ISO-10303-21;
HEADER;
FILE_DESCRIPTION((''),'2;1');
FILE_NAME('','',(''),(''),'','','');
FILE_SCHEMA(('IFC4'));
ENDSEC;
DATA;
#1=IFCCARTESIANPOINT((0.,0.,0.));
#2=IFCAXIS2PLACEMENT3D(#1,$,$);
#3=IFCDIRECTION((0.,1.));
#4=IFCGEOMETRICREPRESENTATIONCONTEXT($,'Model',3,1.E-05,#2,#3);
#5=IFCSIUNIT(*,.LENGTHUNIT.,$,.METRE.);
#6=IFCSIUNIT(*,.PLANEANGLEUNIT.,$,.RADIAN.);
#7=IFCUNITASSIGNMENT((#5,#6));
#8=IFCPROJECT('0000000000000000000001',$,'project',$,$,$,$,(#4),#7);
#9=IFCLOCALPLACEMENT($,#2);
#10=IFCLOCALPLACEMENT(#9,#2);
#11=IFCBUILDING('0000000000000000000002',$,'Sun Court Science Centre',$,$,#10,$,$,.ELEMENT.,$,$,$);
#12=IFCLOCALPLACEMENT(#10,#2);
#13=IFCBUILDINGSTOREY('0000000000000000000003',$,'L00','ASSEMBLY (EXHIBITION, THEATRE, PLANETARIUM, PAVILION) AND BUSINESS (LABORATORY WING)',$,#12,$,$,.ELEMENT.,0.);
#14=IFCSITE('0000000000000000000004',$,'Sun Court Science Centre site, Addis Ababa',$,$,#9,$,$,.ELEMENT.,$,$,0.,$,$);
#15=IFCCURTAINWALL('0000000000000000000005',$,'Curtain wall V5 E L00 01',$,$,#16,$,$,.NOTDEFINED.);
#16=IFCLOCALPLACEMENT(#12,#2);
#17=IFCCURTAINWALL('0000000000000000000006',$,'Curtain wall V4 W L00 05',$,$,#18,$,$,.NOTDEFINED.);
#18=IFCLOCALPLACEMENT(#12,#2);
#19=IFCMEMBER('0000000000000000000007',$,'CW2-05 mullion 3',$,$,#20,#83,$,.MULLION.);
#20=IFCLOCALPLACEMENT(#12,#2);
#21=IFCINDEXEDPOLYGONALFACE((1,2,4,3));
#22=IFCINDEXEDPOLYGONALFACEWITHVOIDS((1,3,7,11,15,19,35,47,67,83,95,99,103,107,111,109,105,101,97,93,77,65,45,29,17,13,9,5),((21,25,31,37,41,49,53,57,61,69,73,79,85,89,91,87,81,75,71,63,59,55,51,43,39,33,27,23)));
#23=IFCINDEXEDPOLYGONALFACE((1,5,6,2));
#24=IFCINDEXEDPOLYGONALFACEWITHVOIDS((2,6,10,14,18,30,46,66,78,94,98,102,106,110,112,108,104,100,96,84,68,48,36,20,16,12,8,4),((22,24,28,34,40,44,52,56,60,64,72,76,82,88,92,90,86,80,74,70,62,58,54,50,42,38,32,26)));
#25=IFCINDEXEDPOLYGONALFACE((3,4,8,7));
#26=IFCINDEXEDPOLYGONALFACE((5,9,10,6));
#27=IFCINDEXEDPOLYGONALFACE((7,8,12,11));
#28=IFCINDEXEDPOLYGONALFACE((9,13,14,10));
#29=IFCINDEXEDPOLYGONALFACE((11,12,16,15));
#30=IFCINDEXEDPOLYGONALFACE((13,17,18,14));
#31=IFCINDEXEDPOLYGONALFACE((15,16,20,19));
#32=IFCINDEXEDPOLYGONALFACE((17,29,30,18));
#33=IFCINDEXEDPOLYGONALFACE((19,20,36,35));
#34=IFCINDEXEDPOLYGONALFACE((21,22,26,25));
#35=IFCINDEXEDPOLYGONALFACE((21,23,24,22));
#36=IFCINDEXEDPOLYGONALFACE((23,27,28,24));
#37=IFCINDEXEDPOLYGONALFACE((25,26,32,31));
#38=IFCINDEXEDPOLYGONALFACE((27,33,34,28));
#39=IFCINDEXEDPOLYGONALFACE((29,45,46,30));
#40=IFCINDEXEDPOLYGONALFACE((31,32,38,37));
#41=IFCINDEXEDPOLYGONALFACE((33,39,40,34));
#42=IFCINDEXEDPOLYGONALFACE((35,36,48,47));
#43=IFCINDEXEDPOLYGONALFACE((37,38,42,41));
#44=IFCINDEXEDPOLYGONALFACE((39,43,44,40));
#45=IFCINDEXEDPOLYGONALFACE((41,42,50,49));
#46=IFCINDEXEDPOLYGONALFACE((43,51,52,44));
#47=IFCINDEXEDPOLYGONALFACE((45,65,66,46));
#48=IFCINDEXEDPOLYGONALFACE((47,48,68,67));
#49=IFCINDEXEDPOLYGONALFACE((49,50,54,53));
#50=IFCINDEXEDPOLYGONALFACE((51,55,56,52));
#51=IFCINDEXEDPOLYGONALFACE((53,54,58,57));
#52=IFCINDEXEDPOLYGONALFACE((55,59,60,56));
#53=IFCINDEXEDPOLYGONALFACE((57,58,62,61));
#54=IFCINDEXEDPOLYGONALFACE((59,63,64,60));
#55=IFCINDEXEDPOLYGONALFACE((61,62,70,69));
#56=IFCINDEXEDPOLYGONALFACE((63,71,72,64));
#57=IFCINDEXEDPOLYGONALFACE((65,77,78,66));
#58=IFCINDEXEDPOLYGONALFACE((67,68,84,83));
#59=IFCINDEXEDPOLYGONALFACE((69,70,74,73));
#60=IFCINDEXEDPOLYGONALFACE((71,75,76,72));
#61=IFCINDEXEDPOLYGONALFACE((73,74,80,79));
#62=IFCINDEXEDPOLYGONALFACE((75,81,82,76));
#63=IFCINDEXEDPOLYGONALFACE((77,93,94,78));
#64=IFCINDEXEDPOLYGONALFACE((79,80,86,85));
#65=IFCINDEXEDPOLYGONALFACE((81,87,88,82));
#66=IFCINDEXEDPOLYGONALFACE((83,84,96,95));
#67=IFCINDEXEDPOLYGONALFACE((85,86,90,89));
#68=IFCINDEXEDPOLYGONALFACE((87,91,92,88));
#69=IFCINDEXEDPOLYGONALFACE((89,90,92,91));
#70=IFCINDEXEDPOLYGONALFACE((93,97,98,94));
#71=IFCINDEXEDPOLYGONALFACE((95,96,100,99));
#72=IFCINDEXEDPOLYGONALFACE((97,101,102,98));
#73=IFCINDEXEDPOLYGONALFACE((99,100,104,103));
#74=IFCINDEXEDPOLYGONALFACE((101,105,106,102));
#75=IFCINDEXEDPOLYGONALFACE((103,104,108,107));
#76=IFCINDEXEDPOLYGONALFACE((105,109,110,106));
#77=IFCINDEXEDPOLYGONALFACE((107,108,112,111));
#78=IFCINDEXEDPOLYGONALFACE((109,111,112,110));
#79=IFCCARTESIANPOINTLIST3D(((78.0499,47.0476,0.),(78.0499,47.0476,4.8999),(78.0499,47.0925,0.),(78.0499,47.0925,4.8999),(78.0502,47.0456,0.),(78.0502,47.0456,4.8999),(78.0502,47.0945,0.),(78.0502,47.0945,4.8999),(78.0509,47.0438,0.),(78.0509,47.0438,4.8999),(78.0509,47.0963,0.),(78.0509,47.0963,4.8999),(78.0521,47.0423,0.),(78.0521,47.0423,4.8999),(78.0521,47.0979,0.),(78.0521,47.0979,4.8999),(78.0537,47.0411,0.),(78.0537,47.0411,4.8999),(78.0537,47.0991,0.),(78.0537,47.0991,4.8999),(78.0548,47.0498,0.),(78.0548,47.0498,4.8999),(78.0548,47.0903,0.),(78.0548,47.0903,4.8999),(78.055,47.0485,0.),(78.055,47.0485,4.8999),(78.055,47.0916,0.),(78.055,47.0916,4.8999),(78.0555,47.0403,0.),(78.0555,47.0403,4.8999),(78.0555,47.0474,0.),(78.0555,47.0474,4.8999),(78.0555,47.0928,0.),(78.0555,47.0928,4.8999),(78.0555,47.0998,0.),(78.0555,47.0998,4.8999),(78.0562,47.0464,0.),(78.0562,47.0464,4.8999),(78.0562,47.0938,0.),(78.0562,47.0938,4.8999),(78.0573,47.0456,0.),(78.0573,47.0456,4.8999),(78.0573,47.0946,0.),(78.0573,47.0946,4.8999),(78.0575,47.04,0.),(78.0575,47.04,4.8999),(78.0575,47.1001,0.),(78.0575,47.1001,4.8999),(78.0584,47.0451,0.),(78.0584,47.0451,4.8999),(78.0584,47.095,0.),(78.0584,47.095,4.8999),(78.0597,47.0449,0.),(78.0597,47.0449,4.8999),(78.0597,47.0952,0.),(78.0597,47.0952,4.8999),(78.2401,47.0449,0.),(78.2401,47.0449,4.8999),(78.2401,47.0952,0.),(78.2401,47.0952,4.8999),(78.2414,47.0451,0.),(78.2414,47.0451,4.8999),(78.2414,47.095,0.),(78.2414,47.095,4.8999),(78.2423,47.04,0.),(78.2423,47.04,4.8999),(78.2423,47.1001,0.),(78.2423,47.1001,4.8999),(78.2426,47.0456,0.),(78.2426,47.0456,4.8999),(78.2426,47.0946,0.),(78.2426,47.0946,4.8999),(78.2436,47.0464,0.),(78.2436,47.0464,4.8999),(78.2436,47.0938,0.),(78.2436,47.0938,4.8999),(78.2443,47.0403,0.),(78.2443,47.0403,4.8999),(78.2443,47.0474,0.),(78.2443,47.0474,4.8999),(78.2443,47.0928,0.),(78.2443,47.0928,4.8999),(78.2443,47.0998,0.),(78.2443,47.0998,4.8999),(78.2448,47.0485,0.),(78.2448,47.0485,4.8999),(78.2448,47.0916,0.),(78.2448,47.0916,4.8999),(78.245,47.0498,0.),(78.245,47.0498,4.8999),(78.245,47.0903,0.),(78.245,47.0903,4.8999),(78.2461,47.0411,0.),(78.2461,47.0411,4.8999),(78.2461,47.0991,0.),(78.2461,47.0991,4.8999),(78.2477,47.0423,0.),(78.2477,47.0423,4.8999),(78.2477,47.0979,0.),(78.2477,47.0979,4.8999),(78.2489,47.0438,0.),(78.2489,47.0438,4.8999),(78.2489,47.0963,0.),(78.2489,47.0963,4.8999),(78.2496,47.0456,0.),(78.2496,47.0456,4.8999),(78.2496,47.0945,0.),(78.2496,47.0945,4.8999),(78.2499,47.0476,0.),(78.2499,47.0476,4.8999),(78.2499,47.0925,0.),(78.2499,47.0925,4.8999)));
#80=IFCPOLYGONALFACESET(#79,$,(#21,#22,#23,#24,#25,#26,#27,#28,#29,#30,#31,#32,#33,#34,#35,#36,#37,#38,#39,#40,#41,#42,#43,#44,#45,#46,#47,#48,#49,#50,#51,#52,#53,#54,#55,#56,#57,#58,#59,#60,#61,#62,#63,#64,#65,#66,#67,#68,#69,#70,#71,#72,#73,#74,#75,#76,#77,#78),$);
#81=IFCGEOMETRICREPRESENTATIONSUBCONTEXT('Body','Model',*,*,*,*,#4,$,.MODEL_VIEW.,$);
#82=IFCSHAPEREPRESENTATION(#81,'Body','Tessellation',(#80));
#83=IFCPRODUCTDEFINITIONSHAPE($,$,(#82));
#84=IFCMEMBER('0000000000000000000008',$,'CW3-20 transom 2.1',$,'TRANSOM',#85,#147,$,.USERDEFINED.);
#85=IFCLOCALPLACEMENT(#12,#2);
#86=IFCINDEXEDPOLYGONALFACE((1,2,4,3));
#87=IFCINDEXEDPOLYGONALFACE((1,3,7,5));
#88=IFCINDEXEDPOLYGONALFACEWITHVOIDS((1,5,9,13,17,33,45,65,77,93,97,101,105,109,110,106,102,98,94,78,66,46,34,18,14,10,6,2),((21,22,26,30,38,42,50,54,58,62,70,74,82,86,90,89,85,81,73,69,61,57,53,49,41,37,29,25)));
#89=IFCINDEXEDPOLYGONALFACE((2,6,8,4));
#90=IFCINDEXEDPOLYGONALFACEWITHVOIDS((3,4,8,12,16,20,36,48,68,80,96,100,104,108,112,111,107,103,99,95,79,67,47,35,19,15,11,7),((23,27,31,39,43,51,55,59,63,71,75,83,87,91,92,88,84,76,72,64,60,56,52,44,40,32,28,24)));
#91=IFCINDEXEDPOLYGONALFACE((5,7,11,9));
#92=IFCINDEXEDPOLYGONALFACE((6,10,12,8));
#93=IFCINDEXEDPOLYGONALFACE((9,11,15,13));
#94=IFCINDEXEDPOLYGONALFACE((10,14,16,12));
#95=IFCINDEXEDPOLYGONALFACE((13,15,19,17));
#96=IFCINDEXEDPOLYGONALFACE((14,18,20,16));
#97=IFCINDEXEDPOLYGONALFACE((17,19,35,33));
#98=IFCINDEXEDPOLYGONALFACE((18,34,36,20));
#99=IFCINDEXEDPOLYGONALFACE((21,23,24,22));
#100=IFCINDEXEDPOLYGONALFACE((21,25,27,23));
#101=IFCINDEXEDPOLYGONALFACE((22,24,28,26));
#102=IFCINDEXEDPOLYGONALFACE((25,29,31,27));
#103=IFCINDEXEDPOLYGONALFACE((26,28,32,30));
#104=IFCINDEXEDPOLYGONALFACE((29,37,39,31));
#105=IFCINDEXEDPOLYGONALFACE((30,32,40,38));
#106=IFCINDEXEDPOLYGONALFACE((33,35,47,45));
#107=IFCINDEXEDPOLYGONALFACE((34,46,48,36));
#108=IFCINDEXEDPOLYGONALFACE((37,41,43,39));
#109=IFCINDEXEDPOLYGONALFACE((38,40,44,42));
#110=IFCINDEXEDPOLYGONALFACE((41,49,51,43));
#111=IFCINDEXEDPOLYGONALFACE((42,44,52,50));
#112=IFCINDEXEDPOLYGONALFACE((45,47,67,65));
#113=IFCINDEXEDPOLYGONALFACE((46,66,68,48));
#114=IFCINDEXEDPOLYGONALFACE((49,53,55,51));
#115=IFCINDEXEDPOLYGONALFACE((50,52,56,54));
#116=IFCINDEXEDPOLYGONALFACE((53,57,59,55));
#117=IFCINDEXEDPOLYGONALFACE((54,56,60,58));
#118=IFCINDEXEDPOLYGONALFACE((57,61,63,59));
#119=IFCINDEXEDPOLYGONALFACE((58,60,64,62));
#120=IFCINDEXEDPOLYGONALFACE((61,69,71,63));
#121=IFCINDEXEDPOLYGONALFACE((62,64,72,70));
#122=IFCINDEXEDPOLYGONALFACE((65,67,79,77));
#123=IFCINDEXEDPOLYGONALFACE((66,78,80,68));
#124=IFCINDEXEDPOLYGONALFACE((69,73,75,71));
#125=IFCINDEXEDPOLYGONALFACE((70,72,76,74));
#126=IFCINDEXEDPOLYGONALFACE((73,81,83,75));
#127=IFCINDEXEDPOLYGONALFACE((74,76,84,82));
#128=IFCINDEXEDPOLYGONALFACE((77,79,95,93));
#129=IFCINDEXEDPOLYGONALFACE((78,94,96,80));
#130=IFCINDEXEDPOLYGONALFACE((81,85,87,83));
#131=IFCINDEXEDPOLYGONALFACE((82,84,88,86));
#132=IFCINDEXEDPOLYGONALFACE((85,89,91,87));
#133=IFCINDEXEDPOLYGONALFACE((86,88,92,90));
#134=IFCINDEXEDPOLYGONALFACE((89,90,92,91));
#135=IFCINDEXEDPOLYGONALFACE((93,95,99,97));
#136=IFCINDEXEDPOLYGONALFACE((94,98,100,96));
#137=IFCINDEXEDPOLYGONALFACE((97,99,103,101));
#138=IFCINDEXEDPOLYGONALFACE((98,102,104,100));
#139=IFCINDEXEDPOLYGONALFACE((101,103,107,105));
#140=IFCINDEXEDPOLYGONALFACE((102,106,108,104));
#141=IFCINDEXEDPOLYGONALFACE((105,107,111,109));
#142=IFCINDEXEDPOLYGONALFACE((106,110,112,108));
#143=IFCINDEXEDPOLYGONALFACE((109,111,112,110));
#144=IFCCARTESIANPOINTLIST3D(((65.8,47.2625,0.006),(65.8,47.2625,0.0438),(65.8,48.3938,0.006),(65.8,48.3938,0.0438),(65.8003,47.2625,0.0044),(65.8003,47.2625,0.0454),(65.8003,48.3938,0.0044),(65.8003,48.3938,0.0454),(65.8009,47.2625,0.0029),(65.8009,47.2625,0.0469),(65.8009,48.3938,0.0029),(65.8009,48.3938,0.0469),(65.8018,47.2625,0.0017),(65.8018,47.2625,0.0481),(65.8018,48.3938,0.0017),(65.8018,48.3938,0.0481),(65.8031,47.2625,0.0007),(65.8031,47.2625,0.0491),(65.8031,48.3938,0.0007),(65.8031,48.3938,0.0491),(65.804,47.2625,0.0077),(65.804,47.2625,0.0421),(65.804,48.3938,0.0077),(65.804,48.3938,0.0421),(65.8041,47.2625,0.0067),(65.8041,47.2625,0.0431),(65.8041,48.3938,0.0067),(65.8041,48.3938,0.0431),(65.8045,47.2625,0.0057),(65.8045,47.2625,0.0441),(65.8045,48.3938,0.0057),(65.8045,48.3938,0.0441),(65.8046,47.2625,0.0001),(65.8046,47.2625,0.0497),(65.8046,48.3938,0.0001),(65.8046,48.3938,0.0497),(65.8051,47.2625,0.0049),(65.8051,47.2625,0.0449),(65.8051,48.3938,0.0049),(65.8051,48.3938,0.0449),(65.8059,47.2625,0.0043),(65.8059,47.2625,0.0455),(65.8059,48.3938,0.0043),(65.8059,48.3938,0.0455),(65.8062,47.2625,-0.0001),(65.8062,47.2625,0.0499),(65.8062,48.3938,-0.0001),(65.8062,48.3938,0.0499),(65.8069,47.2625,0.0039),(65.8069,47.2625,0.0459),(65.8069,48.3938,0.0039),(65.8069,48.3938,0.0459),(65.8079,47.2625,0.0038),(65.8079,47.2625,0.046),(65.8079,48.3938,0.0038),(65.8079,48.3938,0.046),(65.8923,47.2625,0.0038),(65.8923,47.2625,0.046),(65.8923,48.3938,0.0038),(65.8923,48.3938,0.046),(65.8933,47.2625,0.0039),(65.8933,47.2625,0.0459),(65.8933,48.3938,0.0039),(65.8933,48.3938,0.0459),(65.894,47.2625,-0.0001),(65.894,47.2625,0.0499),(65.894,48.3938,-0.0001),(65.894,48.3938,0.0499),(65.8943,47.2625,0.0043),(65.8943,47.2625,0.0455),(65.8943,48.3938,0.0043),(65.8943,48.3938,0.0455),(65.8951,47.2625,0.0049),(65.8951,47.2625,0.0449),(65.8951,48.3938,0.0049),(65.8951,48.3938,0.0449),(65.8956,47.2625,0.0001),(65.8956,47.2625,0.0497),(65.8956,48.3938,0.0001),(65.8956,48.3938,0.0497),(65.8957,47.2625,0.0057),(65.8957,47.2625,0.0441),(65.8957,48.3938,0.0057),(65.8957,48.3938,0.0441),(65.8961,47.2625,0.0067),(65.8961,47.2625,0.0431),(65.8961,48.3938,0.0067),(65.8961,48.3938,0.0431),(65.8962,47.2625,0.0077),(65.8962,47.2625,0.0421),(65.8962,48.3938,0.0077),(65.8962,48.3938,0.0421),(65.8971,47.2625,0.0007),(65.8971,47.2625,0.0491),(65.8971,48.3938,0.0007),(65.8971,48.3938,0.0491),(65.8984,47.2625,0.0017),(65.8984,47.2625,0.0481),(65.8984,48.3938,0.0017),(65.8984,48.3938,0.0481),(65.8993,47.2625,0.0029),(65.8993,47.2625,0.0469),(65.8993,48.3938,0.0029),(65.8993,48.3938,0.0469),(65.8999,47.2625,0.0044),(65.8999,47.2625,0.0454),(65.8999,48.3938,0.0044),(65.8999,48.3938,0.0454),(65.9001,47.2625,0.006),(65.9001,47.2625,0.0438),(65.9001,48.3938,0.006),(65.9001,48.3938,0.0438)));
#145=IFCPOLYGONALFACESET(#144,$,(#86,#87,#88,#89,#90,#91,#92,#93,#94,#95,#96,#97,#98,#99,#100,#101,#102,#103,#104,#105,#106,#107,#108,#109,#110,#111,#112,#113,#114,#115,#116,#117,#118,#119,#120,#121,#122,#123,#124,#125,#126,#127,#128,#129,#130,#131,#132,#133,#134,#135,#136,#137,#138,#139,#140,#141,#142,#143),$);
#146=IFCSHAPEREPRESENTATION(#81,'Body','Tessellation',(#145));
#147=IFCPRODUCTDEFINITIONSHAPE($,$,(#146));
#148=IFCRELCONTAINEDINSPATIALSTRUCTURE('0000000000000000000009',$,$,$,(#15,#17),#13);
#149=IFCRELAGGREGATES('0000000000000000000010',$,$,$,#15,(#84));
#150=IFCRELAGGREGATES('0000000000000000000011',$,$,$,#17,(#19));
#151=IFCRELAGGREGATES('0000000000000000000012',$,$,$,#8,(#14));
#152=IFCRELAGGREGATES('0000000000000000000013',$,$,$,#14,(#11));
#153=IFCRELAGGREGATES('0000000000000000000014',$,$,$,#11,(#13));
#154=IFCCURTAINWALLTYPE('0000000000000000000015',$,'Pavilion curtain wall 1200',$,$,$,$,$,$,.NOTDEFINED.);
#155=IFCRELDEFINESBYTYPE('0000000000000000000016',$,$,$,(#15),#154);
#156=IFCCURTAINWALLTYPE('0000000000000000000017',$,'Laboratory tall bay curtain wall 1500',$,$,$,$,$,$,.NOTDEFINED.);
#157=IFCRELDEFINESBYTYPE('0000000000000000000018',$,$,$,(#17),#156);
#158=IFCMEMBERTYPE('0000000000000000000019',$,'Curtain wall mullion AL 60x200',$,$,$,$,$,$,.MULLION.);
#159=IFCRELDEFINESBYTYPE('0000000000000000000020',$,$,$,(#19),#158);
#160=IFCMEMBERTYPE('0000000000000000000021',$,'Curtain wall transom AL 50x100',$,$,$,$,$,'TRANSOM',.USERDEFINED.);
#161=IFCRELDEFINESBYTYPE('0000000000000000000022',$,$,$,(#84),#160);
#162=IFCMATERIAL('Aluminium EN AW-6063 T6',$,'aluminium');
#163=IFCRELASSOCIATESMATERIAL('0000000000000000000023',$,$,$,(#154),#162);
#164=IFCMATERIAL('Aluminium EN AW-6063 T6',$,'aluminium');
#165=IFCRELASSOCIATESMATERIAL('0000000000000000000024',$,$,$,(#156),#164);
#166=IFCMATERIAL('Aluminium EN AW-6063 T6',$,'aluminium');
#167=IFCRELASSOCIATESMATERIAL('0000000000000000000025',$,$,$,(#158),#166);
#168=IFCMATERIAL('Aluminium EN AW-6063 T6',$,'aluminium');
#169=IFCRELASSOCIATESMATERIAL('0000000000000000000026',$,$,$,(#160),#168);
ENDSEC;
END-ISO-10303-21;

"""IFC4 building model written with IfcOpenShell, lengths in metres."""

from ifc_helpers import new_model, si_unit, direction, frame, origin, origin_2d, place, context, subcontext, project, spatial, hollow_rectangle, extrude, material, material_profile, profile_set, type_object, element, aggregate, save


model = new_model("IFC4")

# Units and contexts
model_context = context("Model", 3, precision=1e-05, world=origin(), true_north=direction((0.0, 1.0)))
body_context = subcontext(model_context, "Body", "Model", "MODEL_VIEW")
ifc_project = project(units=[si_unit("LENGTHUNIT", "METRE"), si_unit("PLANEANGLEUNIT", "RADIAN")], contexts=[model_context])

# Site, building, storey
site_placement = place(None, origin())
site = spatial("IfcSite", under=ifc_project, at=site_placement, Name="Sun Court Science Centre site, Addis Ababa", CompositionType="ELEMENT", RefElevation=0.0)
building_placement = place(site_placement, origin())
building = spatial("IfcBuilding", under=site, at=building_placement, Name="Sun Court Science Centre", CompositionType="ELEMENT")
storey_placement = place(building_placement, origin())
storey = spatial("IfcBuildingStorey", under=building, at=storey_placement, Name="L00", Description="ASSEMBLY (EXHIBITION, THEATRE, PLANETARIUM, PAVILION) AND BUSINESS (LABORATORY WING)", CompositionType="ELEMENT", Elevation=0.0)

# Curtain wall
ifc_material_1 = material(Name="Aluminium EN AW-6063 T6", Category="aluminium")
curtain_wall_type_1 = type_object("IfcCurtainWallType", Name="Pavilion curtain wall 1200", PredefinedType="NOTDEFINED", material=ifc_material_1)
curtain_wall_1_placement = place(storey_placement, origin())
curtain_wall_1 = element("IfcCurtainWall", 1, at=curtain_wall_1_placement, inside=storey, type_object=curtain_wall_type_1, Name="Curtain wall V5 E L00 01", PredefinedType="NOTDEFINED")

# Curtain wall, member
ifc_material_2 = material(Name="Aluminium EN AW-6063 T6", Category="aluminium")
curtain_wall_type_2 = type_object("IfcCurtainWallType", Name="Laboratory tall bay curtain wall 1500", PredefinedType="NOTDEFINED", material=ifc_material_2)
curtain_wall_2_placement = place(storey_placement, origin())
curtain_wall_2 = element("IfcCurtainWall", 2, at=curtain_wall_2_placement, inside=storey, type_object=curtain_wall_type_2, Name="Curtain wall V4 W L00 05", PredefinedType="NOTDEFINED")
ifc_material_3 = material(Name="Aluminium EN AW-6063 T6", Category="aluminium")
ifc_material_profile_1 = material_profile(ifc_material_3, hollow_rectangle(XDim=0.0601, YDim=0.2, WallThickness=0.0049, InnerFilletRadius=0.0049, OuterFilletRadius=0.0076, at=origin_2d()), Name="AL 60x200x5")
ifc_profile_set_1 = profile_set([ifc_material_profile_1], Name="Aluminium EN AW-6063 T6")
member_type_1 = type_object("IfcMemberType", Name="Curtain wall mullion AL 60x200", PredefinedType="MULLION", material=ifc_profile_set_1)
member_1_placement = place(storey_placement, frame((78.1499, 47.0701, 0.0), z_axis=(0.0, 0.0, 1.0), x_axis=(0.0, 1.0, 0.0)))
member_1 = element("IfcMember", 3, at=member_1_placement, type_object=member_type_1, Name="CW2-05 mullion 3", PredefinedType="MULLION", context=body_context, shape_type="SweptSolid", body=[
    extrude(hollow_rectangle(XDim=0.0601, YDim=0.2, WallThickness=0.0049, InnerFilletRadius=0.0049, OuterFilletRadius=0.0076, at=origin_2d()), origin(), (0.0, 0.0, 1.0), 4.8999),
])

# Member
ifc_material_4 = material(Name="Aluminium EN AW-6063 T6", Category="aluminium")
ifc_material_profile_2 = material_profile(ifc_material_4, hollow_rectangle(XDim=0.05, YDim=0.1001, WallThickness=0.0039, InnerFilletRadius=0.0039, OuterFilletRadius=0.0061, at=origin_2d()), Name="AL 50x100x4")
ifc_profile_set_2 = profile_set([ifc_material_profile_2], Name="Aluminium EN AW-6063 T6")
member_type_2 = type_object("IfcMemberType", Name="Curtain wall transom AL 50x100", ElementType="TRANSOM", PredefinedType="USERDEFINED", material=ifc_profile_set_2)
member_2_placement = place(storey_placement, frame((65.8501, 48.3938, 0.0249), z_axis=(0.0, -1.0, 0.0), x_axis=(0.0, 0.0, 1.0)))
member_2 = element("IfcMember", 4, at=member_2_placement, type_object=member_type_2, Name="CW3-20 transom 2.1", ObjectType="TRANSOM", PredefinedType="USERDEFINED", context=body_context, shape_type="SweptSolid", body=[
    extrude(hollow_rectangle(XDim=0.05, YDim=0.1001, WallThickness=0.0039, InnerFilletRadius=0.0039, OuterFilletRadius=0.0061, at=origin_2d()), origin(), (0.0, 0.0, 1.0), 1.1313),
])

aggregate(curtain_wall_1, [member_2])
aggregate(curtain_wall_2, [member_1])

save(model, "model.ifc")
